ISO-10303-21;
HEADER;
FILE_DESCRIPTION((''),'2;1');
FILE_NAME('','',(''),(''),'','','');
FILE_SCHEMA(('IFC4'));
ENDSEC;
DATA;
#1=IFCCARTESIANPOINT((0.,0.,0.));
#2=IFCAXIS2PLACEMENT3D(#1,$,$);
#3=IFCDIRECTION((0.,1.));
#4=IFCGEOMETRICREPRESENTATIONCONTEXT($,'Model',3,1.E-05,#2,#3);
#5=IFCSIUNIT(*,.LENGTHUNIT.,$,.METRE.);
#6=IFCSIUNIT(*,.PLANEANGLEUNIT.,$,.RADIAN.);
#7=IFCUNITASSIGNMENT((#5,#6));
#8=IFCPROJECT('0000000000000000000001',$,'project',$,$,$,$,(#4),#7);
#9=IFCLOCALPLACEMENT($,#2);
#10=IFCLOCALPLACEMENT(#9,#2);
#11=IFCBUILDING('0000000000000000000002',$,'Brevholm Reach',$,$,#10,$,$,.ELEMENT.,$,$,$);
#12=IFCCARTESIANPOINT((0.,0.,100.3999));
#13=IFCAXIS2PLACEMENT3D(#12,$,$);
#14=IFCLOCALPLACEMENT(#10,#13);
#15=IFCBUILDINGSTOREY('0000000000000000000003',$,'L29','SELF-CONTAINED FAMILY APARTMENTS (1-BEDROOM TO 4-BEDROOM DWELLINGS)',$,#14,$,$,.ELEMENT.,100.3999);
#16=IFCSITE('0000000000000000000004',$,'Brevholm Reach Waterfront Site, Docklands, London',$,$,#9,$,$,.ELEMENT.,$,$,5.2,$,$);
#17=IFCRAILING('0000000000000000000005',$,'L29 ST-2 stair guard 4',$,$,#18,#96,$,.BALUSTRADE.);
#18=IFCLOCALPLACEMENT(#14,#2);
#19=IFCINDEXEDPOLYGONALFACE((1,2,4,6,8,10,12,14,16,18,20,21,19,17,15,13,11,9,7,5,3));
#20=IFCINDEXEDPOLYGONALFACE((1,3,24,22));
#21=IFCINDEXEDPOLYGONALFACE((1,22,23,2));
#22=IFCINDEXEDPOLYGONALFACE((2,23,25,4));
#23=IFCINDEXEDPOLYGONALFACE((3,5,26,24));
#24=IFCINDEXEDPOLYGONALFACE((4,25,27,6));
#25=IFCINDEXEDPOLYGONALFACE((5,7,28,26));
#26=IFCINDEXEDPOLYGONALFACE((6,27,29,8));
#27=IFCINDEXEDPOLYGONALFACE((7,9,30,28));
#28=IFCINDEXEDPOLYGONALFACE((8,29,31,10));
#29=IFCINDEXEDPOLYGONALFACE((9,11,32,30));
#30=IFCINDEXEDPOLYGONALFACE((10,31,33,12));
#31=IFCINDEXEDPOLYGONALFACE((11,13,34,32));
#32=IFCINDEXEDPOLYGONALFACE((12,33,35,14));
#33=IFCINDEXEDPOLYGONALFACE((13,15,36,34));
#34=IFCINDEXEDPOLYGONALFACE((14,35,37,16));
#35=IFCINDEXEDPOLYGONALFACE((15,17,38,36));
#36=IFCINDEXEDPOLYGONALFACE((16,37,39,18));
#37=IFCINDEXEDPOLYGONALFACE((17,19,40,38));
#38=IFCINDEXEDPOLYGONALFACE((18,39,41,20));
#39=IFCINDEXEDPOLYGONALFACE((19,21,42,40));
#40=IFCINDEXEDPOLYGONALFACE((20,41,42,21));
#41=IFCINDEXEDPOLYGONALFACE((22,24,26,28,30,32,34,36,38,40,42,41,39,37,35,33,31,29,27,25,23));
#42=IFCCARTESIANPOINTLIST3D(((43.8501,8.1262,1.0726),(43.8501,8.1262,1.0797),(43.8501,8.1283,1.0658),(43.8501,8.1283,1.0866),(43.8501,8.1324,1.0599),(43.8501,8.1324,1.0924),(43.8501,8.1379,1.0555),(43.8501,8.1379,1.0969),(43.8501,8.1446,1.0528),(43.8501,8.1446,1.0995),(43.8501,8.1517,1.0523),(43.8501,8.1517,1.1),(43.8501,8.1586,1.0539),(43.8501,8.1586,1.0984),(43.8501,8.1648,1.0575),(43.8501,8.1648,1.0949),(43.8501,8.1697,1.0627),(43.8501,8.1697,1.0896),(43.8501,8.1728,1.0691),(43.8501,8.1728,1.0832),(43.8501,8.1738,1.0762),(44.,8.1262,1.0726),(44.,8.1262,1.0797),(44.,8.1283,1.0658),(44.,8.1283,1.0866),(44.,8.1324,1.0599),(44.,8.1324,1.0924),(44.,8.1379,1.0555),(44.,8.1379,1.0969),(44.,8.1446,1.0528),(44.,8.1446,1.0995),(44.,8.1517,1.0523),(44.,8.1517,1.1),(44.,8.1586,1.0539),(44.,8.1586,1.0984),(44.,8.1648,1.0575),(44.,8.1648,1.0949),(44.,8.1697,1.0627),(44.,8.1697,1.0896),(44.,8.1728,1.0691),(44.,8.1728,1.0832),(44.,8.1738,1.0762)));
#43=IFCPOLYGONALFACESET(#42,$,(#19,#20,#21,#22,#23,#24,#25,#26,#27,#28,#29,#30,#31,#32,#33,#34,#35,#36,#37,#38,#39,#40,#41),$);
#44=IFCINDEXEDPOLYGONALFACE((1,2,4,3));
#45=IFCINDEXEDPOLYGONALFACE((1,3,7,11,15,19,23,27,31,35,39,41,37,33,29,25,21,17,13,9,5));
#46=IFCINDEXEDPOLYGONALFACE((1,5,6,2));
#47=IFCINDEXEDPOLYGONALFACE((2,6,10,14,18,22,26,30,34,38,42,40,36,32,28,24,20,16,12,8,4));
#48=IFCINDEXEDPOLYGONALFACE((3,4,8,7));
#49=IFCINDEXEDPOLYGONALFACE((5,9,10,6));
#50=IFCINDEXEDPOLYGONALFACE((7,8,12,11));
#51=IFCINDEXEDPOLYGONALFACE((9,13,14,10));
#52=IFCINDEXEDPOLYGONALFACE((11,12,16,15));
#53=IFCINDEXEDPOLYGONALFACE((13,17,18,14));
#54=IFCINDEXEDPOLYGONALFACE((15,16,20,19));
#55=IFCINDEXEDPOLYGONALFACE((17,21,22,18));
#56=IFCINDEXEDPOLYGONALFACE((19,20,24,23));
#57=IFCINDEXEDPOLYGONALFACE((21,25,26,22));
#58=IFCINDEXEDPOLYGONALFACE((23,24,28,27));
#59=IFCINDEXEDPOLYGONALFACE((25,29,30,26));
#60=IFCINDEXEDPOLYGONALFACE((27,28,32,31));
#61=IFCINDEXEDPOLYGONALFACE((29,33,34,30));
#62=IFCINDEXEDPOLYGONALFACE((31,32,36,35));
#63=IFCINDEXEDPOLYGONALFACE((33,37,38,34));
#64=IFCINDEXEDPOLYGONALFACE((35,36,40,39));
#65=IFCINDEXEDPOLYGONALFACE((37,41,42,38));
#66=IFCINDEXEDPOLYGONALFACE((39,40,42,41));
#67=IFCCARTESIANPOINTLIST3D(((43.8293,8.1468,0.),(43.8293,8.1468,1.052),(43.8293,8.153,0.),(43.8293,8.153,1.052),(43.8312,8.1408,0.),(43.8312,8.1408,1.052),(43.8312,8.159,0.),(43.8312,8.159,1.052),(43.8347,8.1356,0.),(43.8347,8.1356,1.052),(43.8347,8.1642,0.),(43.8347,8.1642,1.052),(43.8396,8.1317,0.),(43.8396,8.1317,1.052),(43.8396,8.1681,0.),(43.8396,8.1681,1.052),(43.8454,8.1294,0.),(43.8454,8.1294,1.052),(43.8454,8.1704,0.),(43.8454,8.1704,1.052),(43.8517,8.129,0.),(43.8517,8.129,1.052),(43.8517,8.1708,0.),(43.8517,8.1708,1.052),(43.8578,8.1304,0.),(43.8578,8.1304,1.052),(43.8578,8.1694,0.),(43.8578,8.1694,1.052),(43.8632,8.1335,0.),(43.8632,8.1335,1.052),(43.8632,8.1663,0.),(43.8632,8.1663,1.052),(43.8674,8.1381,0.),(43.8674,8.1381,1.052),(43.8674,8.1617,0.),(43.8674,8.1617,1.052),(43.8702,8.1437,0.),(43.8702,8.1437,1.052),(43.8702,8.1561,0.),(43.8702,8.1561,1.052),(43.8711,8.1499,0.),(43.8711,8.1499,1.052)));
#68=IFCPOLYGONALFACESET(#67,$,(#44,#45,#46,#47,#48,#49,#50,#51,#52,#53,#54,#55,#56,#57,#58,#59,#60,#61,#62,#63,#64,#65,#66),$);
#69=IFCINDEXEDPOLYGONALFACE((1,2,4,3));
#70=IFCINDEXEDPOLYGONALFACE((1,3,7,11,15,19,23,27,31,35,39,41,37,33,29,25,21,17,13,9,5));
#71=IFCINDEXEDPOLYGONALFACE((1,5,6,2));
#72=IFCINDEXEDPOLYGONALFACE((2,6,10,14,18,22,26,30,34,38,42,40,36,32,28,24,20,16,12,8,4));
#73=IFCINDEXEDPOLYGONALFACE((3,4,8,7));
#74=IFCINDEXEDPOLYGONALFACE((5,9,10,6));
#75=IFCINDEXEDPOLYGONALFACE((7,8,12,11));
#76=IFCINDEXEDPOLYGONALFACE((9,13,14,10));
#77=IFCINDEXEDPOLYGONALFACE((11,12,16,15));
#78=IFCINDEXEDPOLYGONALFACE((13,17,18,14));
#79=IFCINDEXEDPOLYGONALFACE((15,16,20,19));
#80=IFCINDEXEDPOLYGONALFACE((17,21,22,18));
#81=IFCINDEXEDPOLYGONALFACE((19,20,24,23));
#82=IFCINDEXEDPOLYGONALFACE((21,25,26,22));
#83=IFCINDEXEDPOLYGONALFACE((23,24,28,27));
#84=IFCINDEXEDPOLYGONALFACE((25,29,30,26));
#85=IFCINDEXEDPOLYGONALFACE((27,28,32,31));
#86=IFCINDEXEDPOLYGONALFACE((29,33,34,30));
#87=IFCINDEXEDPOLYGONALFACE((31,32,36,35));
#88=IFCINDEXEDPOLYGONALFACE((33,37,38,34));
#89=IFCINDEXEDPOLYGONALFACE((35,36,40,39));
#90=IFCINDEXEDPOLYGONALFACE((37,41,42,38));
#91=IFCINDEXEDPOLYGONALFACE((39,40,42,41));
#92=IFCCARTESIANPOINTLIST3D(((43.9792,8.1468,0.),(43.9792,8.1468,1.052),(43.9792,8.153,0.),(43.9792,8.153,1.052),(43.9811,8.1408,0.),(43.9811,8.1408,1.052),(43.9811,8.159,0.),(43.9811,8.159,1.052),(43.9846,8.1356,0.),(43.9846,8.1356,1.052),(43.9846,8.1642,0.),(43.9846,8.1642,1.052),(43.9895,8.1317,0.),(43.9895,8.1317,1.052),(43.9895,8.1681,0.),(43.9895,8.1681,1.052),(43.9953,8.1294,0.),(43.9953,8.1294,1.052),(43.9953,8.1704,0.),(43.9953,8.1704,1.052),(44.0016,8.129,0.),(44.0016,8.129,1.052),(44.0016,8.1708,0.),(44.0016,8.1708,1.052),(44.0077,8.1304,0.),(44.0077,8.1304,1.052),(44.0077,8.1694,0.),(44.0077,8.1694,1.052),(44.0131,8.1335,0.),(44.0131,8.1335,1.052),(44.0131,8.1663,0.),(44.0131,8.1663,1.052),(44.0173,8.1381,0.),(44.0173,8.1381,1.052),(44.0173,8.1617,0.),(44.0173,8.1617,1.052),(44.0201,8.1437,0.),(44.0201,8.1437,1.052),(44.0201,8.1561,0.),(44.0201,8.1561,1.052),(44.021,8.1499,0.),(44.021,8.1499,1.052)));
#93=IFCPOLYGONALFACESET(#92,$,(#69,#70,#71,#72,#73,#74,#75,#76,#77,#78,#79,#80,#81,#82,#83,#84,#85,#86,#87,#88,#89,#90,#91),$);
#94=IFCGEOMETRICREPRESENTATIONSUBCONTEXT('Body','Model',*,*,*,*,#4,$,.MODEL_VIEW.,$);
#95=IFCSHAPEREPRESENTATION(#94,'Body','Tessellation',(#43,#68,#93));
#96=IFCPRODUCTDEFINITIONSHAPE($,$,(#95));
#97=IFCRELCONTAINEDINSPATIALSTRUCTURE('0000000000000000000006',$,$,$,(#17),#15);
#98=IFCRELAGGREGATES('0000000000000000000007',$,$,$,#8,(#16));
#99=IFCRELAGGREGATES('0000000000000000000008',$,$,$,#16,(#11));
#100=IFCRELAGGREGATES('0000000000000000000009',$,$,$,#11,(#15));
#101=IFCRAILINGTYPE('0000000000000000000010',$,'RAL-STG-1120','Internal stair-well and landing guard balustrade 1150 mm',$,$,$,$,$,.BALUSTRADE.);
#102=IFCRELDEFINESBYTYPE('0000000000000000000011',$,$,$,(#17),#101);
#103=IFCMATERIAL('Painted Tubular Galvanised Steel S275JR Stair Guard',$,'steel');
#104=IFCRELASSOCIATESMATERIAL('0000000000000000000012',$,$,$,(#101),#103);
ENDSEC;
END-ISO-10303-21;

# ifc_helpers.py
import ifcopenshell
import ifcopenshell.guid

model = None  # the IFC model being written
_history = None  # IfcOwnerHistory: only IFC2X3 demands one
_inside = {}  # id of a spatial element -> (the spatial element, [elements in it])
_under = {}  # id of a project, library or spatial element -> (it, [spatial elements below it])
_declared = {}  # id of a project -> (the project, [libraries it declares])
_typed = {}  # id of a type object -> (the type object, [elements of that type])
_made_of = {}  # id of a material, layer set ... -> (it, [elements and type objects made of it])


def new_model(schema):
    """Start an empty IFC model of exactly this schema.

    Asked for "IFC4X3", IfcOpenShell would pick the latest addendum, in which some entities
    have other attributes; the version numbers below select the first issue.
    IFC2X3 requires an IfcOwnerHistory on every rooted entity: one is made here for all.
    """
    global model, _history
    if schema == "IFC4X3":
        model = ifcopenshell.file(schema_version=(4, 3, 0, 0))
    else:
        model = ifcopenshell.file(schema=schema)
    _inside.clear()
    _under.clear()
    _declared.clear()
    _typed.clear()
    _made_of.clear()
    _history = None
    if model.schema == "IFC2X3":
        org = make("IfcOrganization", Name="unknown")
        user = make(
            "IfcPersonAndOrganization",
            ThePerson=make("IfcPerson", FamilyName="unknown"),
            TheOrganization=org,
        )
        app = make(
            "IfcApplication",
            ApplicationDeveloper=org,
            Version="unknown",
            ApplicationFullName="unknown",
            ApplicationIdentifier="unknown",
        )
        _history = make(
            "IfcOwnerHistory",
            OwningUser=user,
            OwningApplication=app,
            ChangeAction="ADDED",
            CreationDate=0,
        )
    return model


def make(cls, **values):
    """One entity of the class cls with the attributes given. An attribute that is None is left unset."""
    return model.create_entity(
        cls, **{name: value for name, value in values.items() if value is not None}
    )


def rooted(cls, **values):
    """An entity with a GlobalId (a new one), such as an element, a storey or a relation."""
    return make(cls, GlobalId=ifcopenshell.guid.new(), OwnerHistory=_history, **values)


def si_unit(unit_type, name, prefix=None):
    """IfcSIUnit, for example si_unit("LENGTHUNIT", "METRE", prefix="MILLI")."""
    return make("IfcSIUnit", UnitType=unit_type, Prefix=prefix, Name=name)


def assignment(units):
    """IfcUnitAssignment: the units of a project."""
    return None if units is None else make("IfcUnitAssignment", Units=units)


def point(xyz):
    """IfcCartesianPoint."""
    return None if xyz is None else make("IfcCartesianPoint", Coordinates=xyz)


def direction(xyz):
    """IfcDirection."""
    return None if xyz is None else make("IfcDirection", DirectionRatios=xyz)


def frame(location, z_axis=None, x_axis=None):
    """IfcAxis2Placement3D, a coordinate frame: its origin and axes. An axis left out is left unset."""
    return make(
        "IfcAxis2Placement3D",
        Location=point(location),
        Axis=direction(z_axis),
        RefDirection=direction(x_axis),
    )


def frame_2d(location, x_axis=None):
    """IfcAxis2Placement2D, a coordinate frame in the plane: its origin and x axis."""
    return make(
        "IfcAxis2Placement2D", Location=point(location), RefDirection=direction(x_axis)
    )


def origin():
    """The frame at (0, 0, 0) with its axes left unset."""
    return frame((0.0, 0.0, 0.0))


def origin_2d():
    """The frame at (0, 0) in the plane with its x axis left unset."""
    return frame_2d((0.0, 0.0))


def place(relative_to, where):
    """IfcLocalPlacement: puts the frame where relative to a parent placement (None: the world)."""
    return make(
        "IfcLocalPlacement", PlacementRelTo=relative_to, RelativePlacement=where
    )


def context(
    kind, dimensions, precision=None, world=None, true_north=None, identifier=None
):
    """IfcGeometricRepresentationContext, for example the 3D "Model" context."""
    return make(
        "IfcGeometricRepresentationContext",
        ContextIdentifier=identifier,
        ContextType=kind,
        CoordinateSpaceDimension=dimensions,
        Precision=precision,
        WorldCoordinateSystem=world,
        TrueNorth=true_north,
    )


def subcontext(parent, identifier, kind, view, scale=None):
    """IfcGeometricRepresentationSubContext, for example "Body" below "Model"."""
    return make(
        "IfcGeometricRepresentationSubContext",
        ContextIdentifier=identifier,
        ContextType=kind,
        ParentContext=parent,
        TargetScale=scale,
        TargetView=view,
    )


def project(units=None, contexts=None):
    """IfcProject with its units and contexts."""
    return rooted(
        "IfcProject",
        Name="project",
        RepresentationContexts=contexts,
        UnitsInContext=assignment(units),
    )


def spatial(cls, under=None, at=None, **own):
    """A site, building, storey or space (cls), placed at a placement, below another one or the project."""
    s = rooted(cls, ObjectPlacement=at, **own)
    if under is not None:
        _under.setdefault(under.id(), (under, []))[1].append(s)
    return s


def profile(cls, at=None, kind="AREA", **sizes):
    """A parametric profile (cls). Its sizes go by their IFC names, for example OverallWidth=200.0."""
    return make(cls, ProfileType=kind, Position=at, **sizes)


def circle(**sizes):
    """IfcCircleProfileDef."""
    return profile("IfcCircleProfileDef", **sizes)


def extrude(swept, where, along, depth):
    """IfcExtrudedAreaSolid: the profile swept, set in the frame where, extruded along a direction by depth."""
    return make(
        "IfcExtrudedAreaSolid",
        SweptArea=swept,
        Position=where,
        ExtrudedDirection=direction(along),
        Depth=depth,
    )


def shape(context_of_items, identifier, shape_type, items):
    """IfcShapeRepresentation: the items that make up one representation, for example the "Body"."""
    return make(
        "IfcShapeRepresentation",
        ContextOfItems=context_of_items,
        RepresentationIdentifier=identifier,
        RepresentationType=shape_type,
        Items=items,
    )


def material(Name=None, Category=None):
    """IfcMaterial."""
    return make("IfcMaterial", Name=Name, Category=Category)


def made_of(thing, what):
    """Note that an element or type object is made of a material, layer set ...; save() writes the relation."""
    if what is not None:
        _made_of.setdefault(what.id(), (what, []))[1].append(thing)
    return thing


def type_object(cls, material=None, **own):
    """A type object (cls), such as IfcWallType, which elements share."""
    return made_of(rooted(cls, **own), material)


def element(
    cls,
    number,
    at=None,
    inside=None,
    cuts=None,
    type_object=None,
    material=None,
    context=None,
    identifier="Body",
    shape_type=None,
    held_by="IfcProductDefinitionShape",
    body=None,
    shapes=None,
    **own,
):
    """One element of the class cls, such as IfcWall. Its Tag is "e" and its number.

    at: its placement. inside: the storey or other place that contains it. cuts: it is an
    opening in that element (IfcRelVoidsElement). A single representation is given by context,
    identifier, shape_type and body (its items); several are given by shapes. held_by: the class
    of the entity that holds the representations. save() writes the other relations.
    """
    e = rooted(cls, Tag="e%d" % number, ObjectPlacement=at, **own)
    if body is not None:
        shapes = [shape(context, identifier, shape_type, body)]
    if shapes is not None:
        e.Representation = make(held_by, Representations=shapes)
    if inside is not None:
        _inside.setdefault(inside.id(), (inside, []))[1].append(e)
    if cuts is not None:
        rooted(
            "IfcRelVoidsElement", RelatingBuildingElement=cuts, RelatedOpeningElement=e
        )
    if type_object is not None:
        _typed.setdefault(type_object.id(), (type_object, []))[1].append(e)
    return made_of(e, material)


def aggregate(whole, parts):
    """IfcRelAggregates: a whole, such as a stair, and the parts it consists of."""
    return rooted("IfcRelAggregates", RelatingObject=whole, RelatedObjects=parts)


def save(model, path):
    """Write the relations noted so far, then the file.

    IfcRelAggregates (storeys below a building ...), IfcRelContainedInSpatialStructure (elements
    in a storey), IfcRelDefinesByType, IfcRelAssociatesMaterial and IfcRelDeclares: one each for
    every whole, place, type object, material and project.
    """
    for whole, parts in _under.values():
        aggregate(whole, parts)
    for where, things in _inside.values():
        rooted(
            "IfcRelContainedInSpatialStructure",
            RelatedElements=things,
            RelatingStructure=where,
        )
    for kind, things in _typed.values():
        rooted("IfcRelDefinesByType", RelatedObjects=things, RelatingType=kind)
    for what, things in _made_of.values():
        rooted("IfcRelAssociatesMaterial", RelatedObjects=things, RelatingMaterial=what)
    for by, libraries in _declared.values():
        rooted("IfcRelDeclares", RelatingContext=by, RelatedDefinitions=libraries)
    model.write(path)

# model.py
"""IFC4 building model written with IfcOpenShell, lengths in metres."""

from ifc_helpers import new_model, si_unit, direction, frame, origin, origin_2d, place, context, subcontext, project, spatial, circle, extrude, material, type_object, element, save


model = new_model("IFC4")

# Units and contexts
model_context = context("Model", 3, precision=1e-05, world=origin(), true_north=direction((0.0, 1.0)))
body_context = subcontext(model_context, "Body", "Model", "MODEL_VIEW")
ifc_project = project(units=[si_unit("LENGTHUNIT", "METRE"), si_unit("PLANEANGLEUNIT", "RADIAN")], contexts=[model_context])

# Site, building, storey
site_placement = place(None, origin())
site = spatial("IfcSite", under=ifc_project, at=site_placement, Name="Brevholm Reach Waterfront Site, Docklands, London", CompositionType="ELEMENT", RefElevation=5.2)
building_placement = place(site_placement, origin())
building = spatial("IfcBuilding", under=site, at=building_placement, Name="Brevholm Reach", CompositionType="ELEMENT")
storey_placement = place(building_placement, frame((0.0, 0.0, 100.3999)))
storey = spatial("IfcBuildingStorey", under=building, at=storey_placement, Name="L29", Description="SELF-CONTAINED FAMILY APARTMENTS (1-BEDROOM TO 4-BEDROOM DWELLINGS)", CompositionType="ELEMENT", Elevation=100.3999)

# Railing
ifc_material_1 = material(Name="Painted Tubular Galvanised Steel S275JR Stair Guard", Category="steel")
railing_type_1 = type_object("IfcRailingType", Name="RAL-STG-1120", Description="Internal stair-well and landing guard balustrade 1150 mm", PredefinedType="BALUSTRADE", material=ifc_material_1)
railing_1_placement = place(storey_placement, frame((43.8501, 8.1499, 0.0)))
element("IfcRailing", 1, at=railing_1_placement, inside=storey, type_object=railing_type_1, Name="L29 ST-2 stair guard 4", PredefinedType="BALUSTRADE", context=body_context, shape_type="SweptSolid", body=[
    extrude(circle(Radius=0.0239, at=origin_2d()), frame((0.0, 0.0, 1.0762), z_axis=(1.0, 0.0, 0.0), x_axis=(0.0, 1.0, 0.0)), (0.0, 0.0, 1.0), 0.1499),
    extrude(circle(Radius=0.021, at=origin_2d()), origin(), (0.0, 0.0, 1.0), 1.052),
    extrude(circle(Radius=0.021, at=origin_2d()), frame((0.1499, 0.0, 0.0)), (0.0, 0.0, 1.0), 1.052),
])

save(model, "model.ifc")
